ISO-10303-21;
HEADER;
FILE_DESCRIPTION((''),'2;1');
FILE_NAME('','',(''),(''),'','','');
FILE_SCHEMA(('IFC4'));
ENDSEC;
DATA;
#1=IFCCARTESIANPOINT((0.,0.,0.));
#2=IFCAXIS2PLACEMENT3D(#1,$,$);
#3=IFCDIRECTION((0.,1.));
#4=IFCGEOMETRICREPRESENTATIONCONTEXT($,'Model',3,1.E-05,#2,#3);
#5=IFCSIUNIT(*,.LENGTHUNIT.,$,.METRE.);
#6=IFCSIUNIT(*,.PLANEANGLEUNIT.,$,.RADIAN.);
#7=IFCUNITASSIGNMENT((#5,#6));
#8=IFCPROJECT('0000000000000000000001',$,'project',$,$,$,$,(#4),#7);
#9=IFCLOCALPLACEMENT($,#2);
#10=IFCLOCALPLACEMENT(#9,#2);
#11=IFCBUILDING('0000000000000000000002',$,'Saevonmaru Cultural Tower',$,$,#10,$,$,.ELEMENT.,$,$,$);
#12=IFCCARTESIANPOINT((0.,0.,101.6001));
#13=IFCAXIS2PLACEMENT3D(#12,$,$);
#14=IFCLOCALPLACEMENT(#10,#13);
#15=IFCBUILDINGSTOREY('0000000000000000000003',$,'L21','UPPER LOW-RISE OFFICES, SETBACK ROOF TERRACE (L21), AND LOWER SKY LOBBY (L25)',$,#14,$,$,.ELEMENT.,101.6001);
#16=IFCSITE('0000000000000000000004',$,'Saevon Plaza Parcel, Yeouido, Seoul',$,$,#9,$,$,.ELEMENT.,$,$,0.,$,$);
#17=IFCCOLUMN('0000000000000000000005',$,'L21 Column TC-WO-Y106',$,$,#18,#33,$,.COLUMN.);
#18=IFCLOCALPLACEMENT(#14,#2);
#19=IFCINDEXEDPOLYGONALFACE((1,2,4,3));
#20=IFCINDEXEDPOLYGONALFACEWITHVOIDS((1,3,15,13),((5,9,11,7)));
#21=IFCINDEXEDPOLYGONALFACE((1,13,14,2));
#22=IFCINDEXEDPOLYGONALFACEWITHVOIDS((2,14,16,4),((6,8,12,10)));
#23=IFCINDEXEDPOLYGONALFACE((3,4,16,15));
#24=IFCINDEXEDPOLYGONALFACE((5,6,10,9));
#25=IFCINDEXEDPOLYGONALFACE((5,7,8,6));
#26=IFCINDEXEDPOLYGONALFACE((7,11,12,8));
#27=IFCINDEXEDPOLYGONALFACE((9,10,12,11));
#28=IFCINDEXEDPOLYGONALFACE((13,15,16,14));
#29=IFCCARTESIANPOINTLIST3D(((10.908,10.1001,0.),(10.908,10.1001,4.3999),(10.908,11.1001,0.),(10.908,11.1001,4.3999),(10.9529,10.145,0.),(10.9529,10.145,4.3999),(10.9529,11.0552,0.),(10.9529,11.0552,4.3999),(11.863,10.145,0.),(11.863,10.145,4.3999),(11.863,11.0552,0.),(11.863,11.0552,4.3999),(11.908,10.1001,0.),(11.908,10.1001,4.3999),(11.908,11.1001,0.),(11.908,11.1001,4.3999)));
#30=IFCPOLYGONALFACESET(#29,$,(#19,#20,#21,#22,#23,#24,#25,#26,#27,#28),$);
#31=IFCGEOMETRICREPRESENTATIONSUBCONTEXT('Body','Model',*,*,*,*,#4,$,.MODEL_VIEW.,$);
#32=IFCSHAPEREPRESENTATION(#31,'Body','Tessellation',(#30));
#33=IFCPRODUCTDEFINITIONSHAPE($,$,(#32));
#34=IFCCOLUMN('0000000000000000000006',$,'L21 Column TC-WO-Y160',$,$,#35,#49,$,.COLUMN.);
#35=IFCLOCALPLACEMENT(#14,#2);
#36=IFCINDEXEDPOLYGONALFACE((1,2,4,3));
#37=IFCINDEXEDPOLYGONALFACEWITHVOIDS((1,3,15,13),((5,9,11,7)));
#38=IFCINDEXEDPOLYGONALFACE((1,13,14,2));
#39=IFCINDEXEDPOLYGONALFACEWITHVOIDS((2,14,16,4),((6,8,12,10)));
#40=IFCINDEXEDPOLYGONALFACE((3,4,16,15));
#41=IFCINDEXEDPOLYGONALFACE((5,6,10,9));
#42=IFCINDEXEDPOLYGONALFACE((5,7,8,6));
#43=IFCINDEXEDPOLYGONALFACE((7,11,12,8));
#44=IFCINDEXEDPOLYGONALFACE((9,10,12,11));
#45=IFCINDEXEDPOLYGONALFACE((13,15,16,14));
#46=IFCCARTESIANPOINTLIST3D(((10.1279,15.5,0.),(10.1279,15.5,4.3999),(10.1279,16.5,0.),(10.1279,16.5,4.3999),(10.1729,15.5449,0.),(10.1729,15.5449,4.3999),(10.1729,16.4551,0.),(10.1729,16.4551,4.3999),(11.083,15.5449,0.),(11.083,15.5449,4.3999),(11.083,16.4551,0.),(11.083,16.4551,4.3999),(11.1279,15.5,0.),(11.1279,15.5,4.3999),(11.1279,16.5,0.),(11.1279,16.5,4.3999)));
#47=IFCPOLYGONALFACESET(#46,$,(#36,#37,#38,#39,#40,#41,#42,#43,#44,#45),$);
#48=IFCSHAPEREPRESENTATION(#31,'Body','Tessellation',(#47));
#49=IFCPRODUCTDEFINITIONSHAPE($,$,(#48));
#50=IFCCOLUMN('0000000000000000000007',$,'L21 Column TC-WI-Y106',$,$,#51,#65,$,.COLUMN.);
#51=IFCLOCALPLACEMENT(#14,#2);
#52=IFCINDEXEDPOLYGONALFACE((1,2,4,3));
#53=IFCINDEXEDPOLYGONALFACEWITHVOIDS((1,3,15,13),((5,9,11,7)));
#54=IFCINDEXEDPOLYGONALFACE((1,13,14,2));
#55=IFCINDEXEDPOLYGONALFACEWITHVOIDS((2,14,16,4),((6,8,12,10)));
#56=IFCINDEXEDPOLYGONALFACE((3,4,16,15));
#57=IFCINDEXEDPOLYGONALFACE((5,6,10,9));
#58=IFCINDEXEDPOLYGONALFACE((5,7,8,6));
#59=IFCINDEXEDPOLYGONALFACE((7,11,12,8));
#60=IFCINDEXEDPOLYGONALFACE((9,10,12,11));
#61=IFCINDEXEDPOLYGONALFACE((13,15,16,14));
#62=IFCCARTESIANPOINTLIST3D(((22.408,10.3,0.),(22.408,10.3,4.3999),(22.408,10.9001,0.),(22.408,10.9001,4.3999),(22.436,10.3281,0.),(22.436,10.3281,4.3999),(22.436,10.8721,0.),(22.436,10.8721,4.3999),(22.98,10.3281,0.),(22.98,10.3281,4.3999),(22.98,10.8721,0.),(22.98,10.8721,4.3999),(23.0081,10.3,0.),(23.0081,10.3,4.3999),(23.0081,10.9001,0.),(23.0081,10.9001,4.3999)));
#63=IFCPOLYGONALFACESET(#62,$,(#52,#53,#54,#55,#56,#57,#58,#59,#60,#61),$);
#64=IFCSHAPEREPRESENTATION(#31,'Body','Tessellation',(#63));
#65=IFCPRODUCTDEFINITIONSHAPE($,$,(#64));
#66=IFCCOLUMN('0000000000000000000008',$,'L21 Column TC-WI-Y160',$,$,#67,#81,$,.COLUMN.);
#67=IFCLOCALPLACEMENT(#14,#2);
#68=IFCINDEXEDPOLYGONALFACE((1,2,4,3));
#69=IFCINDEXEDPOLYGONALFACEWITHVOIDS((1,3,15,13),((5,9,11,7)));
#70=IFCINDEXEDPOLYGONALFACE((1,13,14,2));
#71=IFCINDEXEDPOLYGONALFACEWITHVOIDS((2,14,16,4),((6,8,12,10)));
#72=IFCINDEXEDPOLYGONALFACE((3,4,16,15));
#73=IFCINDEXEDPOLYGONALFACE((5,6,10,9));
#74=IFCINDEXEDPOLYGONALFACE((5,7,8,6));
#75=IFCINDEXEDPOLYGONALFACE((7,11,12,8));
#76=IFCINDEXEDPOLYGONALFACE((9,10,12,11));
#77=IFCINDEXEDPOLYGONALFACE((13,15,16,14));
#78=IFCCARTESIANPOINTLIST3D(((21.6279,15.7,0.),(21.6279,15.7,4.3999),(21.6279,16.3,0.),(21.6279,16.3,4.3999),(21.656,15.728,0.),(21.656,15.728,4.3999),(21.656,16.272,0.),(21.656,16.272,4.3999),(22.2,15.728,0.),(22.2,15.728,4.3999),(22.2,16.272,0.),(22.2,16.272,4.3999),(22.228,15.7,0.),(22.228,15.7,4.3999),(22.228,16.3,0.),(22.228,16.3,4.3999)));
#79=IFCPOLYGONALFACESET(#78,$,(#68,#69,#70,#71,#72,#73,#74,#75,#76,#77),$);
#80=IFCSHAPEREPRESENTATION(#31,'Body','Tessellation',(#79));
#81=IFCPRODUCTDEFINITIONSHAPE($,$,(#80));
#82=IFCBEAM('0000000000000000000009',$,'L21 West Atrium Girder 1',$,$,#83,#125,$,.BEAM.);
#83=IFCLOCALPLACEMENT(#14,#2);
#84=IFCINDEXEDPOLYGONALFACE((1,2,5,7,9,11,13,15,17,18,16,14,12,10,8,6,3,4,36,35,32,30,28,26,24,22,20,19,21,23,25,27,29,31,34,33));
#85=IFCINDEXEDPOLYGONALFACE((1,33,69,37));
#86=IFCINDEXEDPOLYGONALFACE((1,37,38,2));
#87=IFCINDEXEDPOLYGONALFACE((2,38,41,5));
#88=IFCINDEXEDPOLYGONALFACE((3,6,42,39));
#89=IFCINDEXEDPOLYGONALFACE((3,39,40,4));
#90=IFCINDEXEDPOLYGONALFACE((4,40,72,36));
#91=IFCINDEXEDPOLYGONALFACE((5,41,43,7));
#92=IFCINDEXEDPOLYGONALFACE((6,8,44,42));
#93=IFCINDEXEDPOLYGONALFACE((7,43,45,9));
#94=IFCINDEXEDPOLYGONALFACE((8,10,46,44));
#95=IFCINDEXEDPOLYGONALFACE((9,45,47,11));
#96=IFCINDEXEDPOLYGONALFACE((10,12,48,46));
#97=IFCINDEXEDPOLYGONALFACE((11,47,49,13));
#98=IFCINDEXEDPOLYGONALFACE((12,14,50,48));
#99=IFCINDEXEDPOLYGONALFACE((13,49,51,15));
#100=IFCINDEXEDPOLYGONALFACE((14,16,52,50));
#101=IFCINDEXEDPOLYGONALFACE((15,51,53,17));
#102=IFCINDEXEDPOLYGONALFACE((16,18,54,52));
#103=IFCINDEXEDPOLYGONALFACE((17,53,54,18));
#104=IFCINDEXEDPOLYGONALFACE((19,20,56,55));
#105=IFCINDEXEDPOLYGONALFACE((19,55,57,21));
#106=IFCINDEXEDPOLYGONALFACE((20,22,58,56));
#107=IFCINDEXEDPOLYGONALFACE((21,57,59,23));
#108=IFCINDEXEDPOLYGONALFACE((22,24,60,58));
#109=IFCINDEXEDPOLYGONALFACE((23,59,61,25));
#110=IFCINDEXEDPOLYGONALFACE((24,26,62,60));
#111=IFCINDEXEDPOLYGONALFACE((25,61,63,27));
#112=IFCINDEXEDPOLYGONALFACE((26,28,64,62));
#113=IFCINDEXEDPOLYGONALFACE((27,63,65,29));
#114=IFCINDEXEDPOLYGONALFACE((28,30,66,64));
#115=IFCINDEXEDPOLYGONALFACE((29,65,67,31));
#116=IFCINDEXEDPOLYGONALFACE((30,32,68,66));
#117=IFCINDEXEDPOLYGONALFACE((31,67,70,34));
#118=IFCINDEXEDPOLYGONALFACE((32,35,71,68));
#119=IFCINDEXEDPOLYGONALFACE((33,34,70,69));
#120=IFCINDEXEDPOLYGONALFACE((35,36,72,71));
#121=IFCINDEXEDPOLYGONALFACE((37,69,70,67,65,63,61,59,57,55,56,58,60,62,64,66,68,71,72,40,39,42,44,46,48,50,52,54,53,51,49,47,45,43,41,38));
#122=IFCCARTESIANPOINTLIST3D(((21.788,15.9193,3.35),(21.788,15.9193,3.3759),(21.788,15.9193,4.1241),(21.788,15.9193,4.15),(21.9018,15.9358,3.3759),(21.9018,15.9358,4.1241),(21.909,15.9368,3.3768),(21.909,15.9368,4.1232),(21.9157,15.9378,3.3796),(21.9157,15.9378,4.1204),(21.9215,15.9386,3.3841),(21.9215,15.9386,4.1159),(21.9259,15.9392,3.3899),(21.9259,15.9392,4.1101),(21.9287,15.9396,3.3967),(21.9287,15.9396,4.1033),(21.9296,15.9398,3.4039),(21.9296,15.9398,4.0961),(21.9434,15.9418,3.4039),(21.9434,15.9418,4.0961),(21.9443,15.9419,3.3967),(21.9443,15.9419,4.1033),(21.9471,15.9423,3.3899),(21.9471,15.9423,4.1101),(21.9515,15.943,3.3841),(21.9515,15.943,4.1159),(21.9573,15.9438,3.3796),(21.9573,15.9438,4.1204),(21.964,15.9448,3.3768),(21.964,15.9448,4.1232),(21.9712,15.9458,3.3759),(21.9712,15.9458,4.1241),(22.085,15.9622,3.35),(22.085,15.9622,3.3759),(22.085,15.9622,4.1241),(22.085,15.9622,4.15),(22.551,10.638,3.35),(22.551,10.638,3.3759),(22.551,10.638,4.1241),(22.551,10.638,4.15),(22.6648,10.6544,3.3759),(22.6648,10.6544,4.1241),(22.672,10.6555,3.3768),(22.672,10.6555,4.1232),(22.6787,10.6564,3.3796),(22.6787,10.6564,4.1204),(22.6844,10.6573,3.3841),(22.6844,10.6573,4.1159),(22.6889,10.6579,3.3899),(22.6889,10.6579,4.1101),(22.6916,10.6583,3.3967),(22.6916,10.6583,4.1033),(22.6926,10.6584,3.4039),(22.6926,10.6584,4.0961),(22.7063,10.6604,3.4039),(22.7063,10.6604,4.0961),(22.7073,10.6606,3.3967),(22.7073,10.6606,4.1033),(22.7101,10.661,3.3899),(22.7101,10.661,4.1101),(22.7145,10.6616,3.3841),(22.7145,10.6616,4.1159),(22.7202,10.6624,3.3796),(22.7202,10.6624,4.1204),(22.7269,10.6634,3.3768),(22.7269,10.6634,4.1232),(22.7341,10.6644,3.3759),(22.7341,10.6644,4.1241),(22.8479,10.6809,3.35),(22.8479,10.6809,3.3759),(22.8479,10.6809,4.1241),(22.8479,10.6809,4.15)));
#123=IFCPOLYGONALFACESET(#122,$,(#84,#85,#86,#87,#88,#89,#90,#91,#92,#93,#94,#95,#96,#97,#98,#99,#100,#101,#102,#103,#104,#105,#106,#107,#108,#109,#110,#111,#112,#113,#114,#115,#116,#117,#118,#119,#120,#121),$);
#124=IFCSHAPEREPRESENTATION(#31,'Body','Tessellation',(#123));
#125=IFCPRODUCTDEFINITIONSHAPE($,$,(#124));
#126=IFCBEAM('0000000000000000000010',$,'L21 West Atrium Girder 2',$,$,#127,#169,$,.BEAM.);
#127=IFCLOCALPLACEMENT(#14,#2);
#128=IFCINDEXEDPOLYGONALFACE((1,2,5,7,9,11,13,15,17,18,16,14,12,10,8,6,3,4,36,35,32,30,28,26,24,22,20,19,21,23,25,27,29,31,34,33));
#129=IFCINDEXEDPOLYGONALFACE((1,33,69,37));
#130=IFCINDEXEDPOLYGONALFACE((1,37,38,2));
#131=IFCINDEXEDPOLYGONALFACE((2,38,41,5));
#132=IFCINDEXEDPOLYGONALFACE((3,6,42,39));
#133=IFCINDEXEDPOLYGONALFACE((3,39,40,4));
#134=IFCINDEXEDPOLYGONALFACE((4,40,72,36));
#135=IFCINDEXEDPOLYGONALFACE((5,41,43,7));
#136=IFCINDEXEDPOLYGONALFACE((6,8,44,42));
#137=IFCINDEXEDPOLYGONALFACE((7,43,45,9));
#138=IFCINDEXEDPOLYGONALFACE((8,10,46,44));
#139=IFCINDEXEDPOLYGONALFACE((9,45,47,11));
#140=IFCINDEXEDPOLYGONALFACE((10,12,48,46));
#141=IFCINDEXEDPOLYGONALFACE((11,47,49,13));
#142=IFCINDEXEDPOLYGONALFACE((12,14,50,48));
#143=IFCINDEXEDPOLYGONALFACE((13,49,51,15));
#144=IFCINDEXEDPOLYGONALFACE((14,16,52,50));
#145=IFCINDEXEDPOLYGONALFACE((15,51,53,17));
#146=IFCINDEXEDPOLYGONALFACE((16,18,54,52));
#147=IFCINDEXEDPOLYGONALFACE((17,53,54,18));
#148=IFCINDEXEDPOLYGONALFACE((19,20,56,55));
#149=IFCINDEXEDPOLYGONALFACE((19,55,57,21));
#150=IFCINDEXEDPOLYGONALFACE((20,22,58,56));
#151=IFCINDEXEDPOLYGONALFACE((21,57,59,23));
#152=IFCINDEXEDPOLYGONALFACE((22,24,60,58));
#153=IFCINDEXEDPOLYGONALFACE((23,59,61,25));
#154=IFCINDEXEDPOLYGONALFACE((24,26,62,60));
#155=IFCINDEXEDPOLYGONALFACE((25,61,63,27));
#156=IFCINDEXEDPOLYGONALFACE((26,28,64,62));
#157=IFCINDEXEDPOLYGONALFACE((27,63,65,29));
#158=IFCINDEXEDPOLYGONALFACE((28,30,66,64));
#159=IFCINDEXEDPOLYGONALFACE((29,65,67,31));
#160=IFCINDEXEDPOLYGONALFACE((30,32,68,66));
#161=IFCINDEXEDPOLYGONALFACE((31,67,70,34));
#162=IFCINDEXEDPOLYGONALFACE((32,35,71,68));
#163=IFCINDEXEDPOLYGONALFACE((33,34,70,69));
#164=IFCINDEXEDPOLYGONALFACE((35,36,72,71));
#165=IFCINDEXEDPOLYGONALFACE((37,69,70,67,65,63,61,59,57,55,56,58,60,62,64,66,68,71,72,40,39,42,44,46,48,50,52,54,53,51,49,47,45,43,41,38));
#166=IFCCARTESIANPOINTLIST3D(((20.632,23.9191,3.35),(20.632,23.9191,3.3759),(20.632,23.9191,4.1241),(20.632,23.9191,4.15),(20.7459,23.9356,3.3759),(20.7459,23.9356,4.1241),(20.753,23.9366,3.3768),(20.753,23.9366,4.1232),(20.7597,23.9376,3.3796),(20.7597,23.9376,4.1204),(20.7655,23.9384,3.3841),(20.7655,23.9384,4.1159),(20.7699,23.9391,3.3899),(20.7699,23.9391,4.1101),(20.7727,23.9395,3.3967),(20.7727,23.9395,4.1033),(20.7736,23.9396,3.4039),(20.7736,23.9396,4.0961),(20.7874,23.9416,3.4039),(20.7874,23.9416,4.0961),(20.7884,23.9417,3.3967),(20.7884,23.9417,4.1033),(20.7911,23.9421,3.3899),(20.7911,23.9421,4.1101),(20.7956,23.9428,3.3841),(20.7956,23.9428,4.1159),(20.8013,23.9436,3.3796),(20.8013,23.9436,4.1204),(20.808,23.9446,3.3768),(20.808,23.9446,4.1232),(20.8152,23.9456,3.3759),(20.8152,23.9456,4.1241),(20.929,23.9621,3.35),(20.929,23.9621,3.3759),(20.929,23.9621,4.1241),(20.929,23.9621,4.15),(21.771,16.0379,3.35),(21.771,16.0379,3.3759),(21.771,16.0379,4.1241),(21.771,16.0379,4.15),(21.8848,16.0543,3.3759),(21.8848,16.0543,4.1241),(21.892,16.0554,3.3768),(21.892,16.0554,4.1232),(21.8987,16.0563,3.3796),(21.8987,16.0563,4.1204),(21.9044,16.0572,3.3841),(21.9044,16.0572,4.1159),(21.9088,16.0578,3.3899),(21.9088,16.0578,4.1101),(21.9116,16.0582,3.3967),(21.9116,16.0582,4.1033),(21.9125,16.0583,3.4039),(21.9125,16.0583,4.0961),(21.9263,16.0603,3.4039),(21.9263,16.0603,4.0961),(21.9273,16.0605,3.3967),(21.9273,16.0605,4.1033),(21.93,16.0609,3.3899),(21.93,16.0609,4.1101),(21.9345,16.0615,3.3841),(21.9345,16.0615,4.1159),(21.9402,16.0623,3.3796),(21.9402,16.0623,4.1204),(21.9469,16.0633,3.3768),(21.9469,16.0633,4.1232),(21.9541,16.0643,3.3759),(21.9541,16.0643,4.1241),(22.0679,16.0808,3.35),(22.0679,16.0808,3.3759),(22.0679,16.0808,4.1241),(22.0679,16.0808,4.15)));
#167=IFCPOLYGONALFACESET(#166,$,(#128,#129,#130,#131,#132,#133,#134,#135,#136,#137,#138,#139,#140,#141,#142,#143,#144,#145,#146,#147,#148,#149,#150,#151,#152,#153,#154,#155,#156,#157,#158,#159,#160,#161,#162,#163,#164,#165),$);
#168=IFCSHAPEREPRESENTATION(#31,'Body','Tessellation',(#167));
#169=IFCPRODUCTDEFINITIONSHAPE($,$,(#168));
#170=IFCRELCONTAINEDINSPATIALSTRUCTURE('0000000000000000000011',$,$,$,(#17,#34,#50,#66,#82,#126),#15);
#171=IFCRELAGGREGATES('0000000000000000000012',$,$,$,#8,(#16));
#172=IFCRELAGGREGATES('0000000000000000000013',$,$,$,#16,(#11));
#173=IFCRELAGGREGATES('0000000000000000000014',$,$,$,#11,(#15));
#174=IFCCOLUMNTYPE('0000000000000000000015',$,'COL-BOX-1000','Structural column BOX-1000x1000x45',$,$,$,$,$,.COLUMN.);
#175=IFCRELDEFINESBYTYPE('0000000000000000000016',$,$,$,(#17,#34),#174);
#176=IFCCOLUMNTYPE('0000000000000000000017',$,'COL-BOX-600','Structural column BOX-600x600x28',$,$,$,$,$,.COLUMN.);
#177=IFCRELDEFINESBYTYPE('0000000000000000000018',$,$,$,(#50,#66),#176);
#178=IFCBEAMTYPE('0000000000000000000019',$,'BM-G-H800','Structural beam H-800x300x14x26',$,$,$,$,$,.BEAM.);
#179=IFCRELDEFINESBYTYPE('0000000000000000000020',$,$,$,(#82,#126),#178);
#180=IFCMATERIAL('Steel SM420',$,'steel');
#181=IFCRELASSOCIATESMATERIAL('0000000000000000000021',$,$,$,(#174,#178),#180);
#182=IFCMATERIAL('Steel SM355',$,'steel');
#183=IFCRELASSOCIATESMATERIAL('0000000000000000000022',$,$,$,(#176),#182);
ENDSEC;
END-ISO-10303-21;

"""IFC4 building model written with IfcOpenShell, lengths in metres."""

from ifc_helpers import new_model, si_unit, direction, frame, origin, origin_2d, place, context, subcontext, project, spatial, hollow_rectangle, i_section, extrude, material, material_profile, profile_set, type_object, element, save


model = new_model("IFC4")

# Units and contexts
model_context = context("Model", 3, precision=1e-05, world=origin(), true_north=direction((0.0, 1.0)))
body_context = subcontext(model_context, "Body", "Model", "MODEL_VIEW")
ifc_project = project(units=[si_unit("LENGTHUNIT", "METRE"), si_unit("PLANEANGLEUNIT", "RADIAN")], contexts=[model_context])

# Site, building, storey
site_placement = place(None, origin())
site = spatial("IfcSite", under=ifc_project, at=site_placement, Name="Saevon Plaza Parcel, Yeouido, Seoul", CompositionType="ELEMENT", RefElevation=0.0)
building_placement = place(site_placement, origin())
building = spatial("IfcBuilding", under=site, at=building_placement, Name="Saevonmaru Cultural Tower", CompositionType="ELEMENT")
storey_placement = place(building_placement, frame((0.0, 0.0, 101.6001)))
storey = spatial("IfcBuildingStorey", under=building, at=storey_placement, Name="L21", Description="UPPER LOW-RISE OFFICES, SETBACK ROOF TERRACE (L21), AND LOWER SKY LOBBY (L25)", CompositionType="ELEMENT", Elevation=101.6001)

# Columns
ifc_material_1 = material(Name="Steel SM420", Category="steel")
ifc_material_profile_1 = material_profile(ifc_material_1, hollow_rectangle(XDim=1.0, YDim=1.0, WallThickness=0.0449, at=origin_2d()), Name="BOX-1000x1000x45")
ifc_profile_set_1 = profile_set([ifc_material_profile_1], Name="Steel SM420")
column_type_1 = type_object("IfcColumnType", Name="COL-BOX-1000", Description="Structural column BOX-1000x1000x45", PredefinedType="COLUMN", material=ifc_profile_set_1)
for number, where, z_axis, x_axis, name in (
    (1, (11.408, 10.6001, 0.0), (0.0, 0.0, 1.0), (1.0, 0.0, 0.0), "L21 Column TC-WO-Y106"),
    (2, (10.6279, 16.0, 0.0), (0.0, 0.0, 1.0), (1.0, 0.0, 0.0), "L21 Column TC-WO-Y160"),
):
    element("IfcColumn", number, at=place(storey_placement, frame(where, z_axis=z_axis, x_axis=x_axis)), inside=storey, type_object=column_type_1, Name=name, PredefinedType="COLUMN", context=body_context, shape_type="SweptSolid", body=[
        extrude(hollow_rectangle(XDim=1.0, YDim=1.0, WallThickness=0.0449, at=origin_2d()), origin(), (0.0, 0.0, 1.0), 4.3999),
    ])
ifc_material_2 = material(Name="Steel SM355", Category="steel")
ifc_material_profile_2 = material_profile(ifc_material_2, hollow_rectangle(XDim=0.6001, YDim=0.6001, WallThickness=0.0281, at=origin_2d()), Name="BOX-600x600x28")
ifc_profile_set_2 = profile_set([ifc_material_profile_2], Name="Steel SM355")
column_type_2 = type_object("IfcColumnType", Name="COL-BOX-600", Description="Structural column BOX-600x600x28", PredefinedType="COLUMN", material=ifc_profile_set_2)
for number, where, z_axis, x_axis, name in (
    (3, (22.708, 10.6001, 0.0), (0.0, 0.0, 1.0), (1.0, 0.0, 0.0), "L21 Column TC-WI-Y106"),
    (4, (21.928, 16.0, 0.0), (0.0, 0.0, 1.0), (1.0, 0.0, 0.0), "L21 Column TC-WI-Y160"),
):
    element("IfcColumn", number, at=place(storey_placement, frame(where, z_axis=z_axis, x_axis=x_axis)), inside=storey, type_object=column_type_2, Name=name, PredefinedType="COLUMN", context=body_context, shape_type="SweptSolid", body=[
        extrude(hollow_rectangle(XDim=0.6001, YDim=0.6001, WallThickness=0.0281, at=origin_2d()), origin(), (0.0, 0.0, 1.0), 4.3999),
    ])

# Beams
ifc_material_profile_3 = material_profile(ifc_material_1, i_section(OverallWidth=0.3, OverallDepth=0.8, WebThickness=0.0139, FlangeThickness=0.0259, FilletRadius=0.0281, at=origin_2d()), Name="H-800x300x14x26")
ifc_profile_set_3 = profile_set([ifc_material_profile_3], Name="Steel SM420")
beam_type_1 = type_object("IfcBeamType", Name="BM-G-H800", Description="Structural beam H-800x300x14x26", PredefinedType="BEAM", material=ifc_profile_set_3)
beam_1_placement = place(storey_placement, frame((22.6995, 10.6594, 3.75), z_axis=(-0.142978, 0.989726, 0.0), x_axis=(-0.989726, -0.142978, 0.0)))
element("IfcBeam", 5, at=beam_1_placement, inside=storey, type_object=beam_type_1, Name="L21 West Atrium Girder 1", PredefinedType="BEAM", context=body_context, shape_type="SweptSolid", body=[
    extrude(i_section(OverallWidth=0.3, OverallDepth=0.8, WebThickness=0.0139, FlangeThickness=0.0259, FilletRadius=0.0281, at=origin_2d()), origin(), (0.0, 0.0, 1.0), 5.3362),
])
beam_2_placement = place(storey_placement, frame((21.9194, 16.0593, 3.75), z_axis=(-0.143022, 0.989719, 0.0), x_axis=(-0.989719, -0.143022, 0.0)))
element("IfcBeam", 6, at=beam_2_placement, inside=storey, type_object=beam_type_1, Name="L21 West Atrium Girder 2", PredefinedType="BEAM", context=body_context, shape_type="SweptSolid", body=[
    extrude(i_section(OverallWidth=0.3, OverallDepth=0.8, WebThickness=0.0139, FlangeThickness=0.0259, FilletRadius=0.0281, at=origin_2d()), origin(), (0.0, 0.0, 1.0), 7.9631),
])

save(model, "model.ifc")
